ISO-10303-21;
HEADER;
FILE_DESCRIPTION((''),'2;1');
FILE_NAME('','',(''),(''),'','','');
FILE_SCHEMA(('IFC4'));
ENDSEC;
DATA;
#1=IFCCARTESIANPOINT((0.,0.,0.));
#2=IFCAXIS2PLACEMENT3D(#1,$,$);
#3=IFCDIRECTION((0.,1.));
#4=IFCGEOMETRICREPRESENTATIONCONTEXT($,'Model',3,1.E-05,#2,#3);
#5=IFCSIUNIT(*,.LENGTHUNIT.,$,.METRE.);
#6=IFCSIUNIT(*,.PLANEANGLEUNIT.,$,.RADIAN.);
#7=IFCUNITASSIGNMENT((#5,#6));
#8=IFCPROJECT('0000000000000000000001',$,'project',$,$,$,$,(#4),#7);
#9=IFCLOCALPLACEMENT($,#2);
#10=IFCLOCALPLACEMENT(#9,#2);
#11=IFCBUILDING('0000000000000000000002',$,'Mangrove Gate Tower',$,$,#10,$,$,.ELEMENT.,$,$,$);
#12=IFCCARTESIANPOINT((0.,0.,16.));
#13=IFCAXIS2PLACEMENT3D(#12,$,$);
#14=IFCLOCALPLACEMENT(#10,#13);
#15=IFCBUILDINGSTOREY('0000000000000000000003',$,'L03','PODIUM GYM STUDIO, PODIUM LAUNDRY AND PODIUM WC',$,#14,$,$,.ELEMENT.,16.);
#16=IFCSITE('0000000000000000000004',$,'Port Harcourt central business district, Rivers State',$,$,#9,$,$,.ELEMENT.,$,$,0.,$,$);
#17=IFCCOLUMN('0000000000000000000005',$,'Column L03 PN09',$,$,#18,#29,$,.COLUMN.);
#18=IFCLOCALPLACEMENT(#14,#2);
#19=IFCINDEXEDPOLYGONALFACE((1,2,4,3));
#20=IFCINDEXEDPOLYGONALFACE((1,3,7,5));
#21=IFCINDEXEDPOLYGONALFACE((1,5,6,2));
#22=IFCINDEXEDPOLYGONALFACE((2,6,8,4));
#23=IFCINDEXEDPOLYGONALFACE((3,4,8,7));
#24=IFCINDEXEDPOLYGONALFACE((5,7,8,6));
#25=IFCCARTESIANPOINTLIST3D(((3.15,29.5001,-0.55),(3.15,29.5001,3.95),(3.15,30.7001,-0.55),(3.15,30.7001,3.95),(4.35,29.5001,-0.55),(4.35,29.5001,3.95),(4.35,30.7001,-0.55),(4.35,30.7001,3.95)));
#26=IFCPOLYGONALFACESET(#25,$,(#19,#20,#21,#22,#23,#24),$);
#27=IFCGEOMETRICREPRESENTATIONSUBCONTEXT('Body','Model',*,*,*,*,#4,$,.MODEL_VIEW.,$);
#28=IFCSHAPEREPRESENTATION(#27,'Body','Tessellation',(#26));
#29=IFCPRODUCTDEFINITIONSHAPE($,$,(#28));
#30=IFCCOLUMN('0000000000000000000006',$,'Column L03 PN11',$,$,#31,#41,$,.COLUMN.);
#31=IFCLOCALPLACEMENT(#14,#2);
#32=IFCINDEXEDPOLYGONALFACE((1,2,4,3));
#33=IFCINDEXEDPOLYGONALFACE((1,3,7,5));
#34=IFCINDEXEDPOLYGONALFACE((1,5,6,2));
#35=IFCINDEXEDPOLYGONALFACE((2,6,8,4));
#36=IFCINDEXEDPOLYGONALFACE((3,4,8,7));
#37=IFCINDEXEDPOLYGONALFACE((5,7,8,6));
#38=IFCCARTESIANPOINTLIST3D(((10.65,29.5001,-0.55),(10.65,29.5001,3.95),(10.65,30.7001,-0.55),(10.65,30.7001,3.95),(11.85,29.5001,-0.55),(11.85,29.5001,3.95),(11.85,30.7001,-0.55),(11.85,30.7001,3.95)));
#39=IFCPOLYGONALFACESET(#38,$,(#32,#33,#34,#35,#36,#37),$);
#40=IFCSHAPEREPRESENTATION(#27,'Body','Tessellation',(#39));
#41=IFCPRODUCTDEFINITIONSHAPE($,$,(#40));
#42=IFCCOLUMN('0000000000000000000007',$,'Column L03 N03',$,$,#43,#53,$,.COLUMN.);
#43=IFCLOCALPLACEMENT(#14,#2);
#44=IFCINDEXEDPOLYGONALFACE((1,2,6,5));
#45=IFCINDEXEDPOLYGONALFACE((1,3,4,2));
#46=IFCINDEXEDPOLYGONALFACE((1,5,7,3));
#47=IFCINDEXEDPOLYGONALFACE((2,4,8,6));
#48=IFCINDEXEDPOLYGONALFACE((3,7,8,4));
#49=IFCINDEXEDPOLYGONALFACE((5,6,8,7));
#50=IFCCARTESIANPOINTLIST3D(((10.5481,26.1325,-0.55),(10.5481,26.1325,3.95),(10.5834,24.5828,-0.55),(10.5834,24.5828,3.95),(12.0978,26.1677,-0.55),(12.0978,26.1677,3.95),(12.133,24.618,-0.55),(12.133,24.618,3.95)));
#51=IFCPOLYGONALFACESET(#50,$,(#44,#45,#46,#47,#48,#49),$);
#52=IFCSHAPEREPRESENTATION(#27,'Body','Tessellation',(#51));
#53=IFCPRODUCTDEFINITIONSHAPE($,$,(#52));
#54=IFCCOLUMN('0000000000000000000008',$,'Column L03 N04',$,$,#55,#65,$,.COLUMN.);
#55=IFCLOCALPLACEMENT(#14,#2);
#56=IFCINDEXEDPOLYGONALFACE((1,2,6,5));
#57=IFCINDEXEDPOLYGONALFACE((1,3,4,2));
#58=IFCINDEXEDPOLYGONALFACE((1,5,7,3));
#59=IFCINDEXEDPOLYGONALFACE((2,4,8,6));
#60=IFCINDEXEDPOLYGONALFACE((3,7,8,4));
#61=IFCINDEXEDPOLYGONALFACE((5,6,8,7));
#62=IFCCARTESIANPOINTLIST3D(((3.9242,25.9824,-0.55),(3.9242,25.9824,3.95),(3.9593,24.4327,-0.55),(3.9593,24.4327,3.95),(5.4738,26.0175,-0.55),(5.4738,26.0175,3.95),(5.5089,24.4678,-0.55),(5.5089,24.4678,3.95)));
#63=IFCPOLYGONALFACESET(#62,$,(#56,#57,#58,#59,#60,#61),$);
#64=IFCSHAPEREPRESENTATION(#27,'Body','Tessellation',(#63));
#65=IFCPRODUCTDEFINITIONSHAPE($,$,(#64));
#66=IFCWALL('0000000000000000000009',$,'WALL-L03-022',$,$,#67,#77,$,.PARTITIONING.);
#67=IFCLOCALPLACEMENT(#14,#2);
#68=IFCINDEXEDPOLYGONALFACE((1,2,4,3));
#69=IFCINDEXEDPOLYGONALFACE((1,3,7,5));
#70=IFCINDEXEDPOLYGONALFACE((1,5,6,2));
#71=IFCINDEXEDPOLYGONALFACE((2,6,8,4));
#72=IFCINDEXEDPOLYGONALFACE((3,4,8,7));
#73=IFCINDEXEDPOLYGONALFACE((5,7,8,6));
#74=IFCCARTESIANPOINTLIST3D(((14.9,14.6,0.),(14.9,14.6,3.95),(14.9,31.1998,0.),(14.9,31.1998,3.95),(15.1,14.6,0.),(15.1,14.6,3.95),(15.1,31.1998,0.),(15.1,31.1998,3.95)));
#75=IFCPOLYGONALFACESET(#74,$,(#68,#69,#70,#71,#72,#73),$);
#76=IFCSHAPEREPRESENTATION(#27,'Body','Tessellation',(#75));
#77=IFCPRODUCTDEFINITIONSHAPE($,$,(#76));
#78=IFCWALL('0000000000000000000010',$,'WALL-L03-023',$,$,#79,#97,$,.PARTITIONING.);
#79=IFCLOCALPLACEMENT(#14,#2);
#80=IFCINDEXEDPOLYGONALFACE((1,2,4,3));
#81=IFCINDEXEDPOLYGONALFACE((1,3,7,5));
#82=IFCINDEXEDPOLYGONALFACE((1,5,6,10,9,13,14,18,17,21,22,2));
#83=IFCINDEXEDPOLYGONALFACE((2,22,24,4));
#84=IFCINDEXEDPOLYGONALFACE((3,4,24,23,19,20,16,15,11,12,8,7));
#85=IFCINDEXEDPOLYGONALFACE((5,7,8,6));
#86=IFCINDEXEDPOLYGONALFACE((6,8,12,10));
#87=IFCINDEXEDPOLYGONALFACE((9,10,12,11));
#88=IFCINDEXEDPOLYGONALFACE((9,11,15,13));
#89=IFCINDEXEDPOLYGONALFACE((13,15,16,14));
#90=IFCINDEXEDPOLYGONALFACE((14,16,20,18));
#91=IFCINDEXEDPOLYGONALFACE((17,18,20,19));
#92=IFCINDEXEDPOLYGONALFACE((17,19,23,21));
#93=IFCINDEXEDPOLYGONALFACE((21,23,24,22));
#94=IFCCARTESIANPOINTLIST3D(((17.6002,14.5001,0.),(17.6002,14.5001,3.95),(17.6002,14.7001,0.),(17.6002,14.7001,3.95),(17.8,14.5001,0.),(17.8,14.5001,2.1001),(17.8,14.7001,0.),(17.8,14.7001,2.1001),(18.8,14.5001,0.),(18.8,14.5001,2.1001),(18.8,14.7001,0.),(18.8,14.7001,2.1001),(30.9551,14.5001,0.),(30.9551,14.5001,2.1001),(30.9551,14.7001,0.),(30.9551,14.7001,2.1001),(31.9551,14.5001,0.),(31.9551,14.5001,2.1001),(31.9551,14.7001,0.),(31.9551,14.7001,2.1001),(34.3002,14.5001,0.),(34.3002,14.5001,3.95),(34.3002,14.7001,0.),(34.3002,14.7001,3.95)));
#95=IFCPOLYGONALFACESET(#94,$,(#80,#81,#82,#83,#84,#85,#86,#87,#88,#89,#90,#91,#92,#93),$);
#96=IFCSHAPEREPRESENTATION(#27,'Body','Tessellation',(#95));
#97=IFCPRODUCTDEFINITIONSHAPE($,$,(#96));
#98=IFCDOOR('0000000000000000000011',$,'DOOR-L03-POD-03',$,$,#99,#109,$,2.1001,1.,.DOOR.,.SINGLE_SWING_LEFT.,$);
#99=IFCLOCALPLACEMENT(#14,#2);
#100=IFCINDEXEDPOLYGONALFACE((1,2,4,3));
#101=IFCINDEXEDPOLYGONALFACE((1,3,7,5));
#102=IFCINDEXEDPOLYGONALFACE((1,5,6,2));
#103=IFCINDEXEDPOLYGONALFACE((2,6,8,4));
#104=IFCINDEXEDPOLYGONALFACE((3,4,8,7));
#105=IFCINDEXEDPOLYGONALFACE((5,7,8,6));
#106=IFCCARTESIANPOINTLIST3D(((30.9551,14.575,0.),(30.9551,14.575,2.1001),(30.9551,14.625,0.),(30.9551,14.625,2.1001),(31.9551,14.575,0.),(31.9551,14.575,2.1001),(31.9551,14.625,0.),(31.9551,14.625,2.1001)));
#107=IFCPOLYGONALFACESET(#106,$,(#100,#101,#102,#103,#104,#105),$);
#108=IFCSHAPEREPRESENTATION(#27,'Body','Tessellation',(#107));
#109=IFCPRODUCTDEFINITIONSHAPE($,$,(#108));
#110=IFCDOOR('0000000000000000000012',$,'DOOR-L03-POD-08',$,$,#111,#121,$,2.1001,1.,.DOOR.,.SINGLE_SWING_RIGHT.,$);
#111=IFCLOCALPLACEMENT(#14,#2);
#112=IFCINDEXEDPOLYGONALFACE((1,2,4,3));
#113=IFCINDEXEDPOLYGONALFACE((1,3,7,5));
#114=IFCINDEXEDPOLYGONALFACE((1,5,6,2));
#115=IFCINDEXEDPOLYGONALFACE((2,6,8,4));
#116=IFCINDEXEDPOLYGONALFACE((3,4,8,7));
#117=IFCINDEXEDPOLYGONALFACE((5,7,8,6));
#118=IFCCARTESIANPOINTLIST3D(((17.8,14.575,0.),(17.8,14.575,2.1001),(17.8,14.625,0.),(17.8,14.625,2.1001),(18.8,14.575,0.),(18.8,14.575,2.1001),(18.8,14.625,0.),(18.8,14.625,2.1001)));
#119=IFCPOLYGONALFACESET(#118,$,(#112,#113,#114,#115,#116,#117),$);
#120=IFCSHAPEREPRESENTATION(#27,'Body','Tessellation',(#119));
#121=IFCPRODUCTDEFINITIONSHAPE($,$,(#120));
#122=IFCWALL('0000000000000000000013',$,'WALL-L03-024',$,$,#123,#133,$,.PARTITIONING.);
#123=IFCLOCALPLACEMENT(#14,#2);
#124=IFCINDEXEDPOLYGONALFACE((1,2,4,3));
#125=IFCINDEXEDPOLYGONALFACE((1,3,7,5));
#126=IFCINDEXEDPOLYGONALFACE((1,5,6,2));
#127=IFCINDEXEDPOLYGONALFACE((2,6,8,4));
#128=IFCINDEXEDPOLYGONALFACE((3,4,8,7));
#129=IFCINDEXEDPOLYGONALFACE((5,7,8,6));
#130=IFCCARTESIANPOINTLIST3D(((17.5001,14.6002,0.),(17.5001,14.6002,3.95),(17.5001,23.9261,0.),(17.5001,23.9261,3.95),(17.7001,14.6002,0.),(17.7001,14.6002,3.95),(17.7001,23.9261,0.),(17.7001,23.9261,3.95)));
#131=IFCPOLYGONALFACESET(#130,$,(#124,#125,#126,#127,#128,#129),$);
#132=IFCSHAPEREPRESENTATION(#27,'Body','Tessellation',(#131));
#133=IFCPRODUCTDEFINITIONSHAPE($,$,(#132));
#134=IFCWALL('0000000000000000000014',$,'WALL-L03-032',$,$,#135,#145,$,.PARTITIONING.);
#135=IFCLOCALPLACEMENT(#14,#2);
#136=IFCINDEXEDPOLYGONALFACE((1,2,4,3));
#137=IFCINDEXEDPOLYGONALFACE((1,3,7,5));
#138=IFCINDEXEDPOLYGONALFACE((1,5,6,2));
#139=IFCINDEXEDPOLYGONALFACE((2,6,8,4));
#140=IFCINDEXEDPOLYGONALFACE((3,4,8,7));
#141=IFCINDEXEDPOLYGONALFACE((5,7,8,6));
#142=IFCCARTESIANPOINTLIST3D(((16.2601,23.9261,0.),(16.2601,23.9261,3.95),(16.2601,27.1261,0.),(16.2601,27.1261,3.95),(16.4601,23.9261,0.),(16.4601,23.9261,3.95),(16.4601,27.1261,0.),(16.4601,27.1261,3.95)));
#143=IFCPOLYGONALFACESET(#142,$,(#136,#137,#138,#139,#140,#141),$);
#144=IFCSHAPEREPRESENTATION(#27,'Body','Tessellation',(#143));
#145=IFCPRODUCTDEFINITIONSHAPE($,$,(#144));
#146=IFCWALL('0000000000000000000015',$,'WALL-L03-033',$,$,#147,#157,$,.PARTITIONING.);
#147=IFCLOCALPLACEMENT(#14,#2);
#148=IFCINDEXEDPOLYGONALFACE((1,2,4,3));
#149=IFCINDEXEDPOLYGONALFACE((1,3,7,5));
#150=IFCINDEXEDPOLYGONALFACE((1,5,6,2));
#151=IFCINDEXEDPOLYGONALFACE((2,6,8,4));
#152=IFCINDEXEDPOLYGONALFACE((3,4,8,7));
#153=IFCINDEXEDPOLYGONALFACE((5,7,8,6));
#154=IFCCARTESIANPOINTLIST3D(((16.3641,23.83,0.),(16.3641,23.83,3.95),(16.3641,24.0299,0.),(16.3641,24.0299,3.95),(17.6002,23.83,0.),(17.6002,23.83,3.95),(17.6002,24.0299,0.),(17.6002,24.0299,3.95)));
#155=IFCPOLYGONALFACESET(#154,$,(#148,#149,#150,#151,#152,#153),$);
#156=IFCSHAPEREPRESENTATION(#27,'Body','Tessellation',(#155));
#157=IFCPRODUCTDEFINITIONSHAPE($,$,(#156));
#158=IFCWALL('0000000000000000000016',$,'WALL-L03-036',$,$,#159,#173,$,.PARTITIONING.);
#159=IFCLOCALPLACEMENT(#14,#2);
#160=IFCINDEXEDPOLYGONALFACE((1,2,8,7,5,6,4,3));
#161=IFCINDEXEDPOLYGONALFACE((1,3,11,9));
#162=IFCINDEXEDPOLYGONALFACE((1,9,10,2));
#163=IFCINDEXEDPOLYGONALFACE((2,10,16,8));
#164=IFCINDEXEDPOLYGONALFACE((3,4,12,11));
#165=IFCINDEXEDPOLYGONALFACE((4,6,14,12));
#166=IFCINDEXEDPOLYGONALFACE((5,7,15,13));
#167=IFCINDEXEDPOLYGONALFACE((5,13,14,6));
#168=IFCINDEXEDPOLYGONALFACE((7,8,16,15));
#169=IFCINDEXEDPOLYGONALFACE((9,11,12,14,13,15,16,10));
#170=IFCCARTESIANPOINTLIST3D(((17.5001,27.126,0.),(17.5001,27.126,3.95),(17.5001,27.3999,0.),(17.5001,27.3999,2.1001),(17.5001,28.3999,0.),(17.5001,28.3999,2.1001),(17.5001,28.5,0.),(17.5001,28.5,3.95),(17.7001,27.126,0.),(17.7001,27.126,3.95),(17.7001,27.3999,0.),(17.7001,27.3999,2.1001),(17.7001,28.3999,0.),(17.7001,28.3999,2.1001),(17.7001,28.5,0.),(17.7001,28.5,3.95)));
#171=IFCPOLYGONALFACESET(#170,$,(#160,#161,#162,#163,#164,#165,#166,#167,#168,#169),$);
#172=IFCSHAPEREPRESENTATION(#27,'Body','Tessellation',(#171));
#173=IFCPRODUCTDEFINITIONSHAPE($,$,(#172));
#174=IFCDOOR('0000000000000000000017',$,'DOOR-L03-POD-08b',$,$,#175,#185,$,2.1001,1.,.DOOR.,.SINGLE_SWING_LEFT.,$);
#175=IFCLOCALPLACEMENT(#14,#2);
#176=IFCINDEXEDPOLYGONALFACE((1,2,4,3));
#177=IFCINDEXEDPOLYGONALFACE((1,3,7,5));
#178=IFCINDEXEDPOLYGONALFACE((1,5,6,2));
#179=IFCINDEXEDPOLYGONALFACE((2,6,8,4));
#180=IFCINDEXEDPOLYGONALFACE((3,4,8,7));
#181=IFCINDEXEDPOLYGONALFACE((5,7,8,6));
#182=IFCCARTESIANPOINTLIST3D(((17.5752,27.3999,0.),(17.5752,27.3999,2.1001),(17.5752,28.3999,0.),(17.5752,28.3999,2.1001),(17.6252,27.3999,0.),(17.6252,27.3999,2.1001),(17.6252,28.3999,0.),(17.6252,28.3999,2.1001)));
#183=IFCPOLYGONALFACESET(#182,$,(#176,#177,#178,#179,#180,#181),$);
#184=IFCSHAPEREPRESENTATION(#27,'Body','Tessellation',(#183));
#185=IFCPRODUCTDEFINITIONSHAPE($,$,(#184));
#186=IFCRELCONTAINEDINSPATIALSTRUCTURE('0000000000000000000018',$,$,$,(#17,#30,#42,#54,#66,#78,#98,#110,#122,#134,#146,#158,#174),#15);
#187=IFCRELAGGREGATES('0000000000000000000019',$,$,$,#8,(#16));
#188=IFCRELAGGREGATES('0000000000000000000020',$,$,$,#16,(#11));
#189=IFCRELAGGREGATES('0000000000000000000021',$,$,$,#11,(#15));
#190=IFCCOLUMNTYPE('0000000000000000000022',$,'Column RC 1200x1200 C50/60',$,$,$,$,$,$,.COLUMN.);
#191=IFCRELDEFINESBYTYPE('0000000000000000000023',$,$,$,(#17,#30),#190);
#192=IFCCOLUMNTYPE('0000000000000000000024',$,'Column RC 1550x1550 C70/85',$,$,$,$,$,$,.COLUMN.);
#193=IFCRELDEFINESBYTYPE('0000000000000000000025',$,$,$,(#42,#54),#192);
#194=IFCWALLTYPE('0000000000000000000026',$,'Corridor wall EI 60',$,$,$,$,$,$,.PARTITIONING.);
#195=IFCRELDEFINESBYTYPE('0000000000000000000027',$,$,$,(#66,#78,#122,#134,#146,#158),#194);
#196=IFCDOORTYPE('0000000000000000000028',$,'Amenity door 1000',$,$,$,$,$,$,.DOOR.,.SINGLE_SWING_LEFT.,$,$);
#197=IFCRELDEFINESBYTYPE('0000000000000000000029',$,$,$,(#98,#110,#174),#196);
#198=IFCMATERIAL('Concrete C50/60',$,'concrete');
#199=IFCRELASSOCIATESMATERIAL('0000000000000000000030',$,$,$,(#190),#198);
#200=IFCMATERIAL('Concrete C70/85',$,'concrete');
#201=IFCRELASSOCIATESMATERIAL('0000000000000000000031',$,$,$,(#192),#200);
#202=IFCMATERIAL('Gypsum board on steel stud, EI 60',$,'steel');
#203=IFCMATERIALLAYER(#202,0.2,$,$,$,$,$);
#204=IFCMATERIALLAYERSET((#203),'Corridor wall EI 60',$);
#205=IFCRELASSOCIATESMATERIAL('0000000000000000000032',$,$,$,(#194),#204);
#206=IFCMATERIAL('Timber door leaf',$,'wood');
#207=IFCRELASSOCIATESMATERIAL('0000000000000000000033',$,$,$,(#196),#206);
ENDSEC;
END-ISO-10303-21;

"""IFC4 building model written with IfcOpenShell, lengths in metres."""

from ifc_helpers import new_model, si_unit, direction, frame, frame_2d, origin, origin_2d, place, context, subcontext, project, spatial, rectangle, extrude, material, layer, layer_set, material_profile, profile_set, type_object, element, fill, save


model = new_model("IFC4")

# Units and contexts
model_context = context("Model", 3, precision=1e-05, world=origin(), true_north=direction((0.0, 1.0)))
body_context = subcontext(model_context, "Body", "Model", "MODEL_VIEW")
ifc_project = project(units=[si_unit("LENGTHUNIT", "METRE"), si_unit("PLANEANGLEUNIT", "RADIAN")], contexts=[model_context])

# Site, building, storey
site_placement = place(None, origin())
site = spatial("IfcSite", under=ifc_project, at=site_placement, Name="Port Harcourt central business district, Rivers State", CompositionType="ELEMENT", RefElevation=0.0)
building_placement = place(site_placement, origin())
building = spatial("IfcBuilding", under=site, at=building_placement, Name="Mangrove Gate Tower", CompositionType="ELEMENT")
storey_placement = place(building_placement, frame((0.0, 0.0, 16.0)))
storey = spatial("IfcBuildingStorey", under=building, at=storey_placement, Name="L03", Description="PODIUM GYM STUDIO, PODIUM LAUNDRY AND PODIUM WC", CompositionType="ELEMENT", Elevation=16.0)

# Columns
ifc_material_1 = material(Name="Concrete C50/60", Category="concrete")
ifc_material_profile_1 = material_profile(ifc_material_1, rectangle(XDim=1.2, YDim=1.2, at=origin_2d()))
ifc_profile_set_1 = profile_set([ifc_material_profile_1], Name="Concrete C50/60")
column_type_1 = type_object("IfcColumnType", Name="Column RC 1200x1200 C50/60", PredefinedType="COLUMN", material=ifc_profile_set_1)
for number, where, z_axis, x_axis, name in (
    (1, (3.75, 30.1001, -0.55), (0.0, 0.0, 1.0), (1.0, 0.0, 0.0), "Column L03 PN09"),
    (2, (11.25, 30.1001, -0.55), (0.0, 0.0, 1.0), (1.0, 0.0, 0.0), "Column L03 PN11"),
):
    element("IfcColumn", number, at=place(storey_placement, frame(where, z_axis=z_axis, x_axis=x_axis)), inside=storey, type_object=column_type_1, Name=name, PredefinedType="COLUMN", context=body_context, shape_type="SweptSolid", body=[
        extrude(rectangle(XDim=1.2, YDim=1.2, at=origin_2d()), origin(), (0.0, 0.0, 1.0), 4.5),
    ])
ifc_material_2 = material(Name="Concrete C70/85", Category="concrete")
ifc_material_profile_2 = material_profile(ifc_material_2, rectangle(XDim=1.55, YDim=1.55, at=origin_2d()))
ifc_profile_set_2 = profile_set([ifc_material_profile_2], Name="Concrete C70/85")
column_type_2 = type_object("IfcColumnType", Name="Column RC 1550x1550 C70/85", PredefinedType="COLUMN", material=ifc_profile_set_2)
for number, where, z_axis, x_axis, name in (
    (3, (11.3406, 25.3752, -0.55), (0.0, 0.0, 1.0), (-0.999742, -0.022716, 0.0), "Column L03 N03"),
    (4, (4.7166, 25.2251, -0.55), (0.0, 0.0, 1.0), (-0.999744, -0.022641, 0.0), "Column L03 N04"),
):
    element("IfcColumn", number, at=place(storey_placement, frame(where, z_axis=z_axis, x_axis=x_axis)), inside=storey, type_object=column_type_2, Name=name, PredefinedType="COLUMN", context=body_context, shape_type="SweptSolid", body=[
        extrude(rectangle(XDim=1.55, YDim=1.55, at=origin_2d()), origin(), (0.0, 0.0, 1.0), 4.5),
    ])

# Wall
ifc_material_3 = material(Name="Gypsum board on steel stud, EI 60", Category="steel")
ifc_layer_1 = layer(ifc_material_3, 0.2)
ifc_layer_set_1 = layer_set([ifc_layer_1], Name="Corridor wall EI 60")
wall_type_1 = type_object("IfcWallType", Name="Corridor wall EI 60", PredefinedType="PARTITIONING", material=ifc_layer_set_1)
wall_1_placement = place(storey_placement, frame((15.0, 14.6001, 0.0), z_axis=(0.0, 0.0, 1.0), x_axis=(0.0, 1.0, 0.0)))
element("IfcWall", 5, at=wall_1_placement, inside=storey, type_object=wall_type_1, Name="WALL-L03-022", PredefinedType="PARTITIONING", context=body_context, shape_type="SweptSolid", body=[
    extrude(rectangle(XDim=16.5999, YDim=0.2, at=frame_2d((8.2998, 0.0))), origin(), (0.0, 0.0, 1.0), 3.95),
])

# Wall, openings, doors
wall_2_placement = place(storey_placement, frame((17.6001, 14.6001, 0.0), z_axis=(0.0, 0.0, 1.0), x_axis=(1.0, 0.0, 0.0)))
wall_2 = element("IfcWall", 6, at=wall_2_placement, inside=storey, type_object=wall_type_1, Name="WALL-L03-023", PredefinedType="PARTITIONING", context=body_context, shape_type="SweptSolid", body=[
    extrude(rectangle(XDim=16.7, YDim=0.2, at=frame_2d((8.3501, 0.0))), origin(), (0.0, 0.0, 1.0), 3.95),
])
opening_1_placement = place(wall_2_placement, frame((13.355, 0.0, 0.0)))
opening_1 = element("IfcOpeningElement", 7, at=opening_1_placement, cuts=wall_2, PredefinedType="OPENING", context=body_context, shape_type="SweptSolid", body=[
    extrude(rectangle(XDim=1.0, YDim=2.1001, at=frame_2d((0.5, 1.05))), frame((0.0, 0.1099, 0.0), z_axis=(0.0, -1.0, 0.0), x_axis=(1.0, 0.0, 0.0)), (0.0, 0.0, 1.0), 0.22),
])
opening_2_placement = place(wall_2_placement, frame((0.2, 0.0, 0.0)))
opening_2 = element("IfcOpeningElement", 8, at=opening_2_placement, cuts=wall_2, PredefinedType="OPENING", context=body_context, shape_type="SweptSolid", body=[
    extrude(rectangle(XDim=1.0, YDim=2.1001, at=frame_2d((0.5, 1.05))), frame((0.0, 0.1099, 0.0), z_axis=(0.0, -1.0, 0.0), x_axis=(1.0, 0.0, 0.0)), (0.0, 0.0, 1.0), 0.22),
])
ifc_material_4 = material(Name="Timber door leaf", Category="wood")
door_type = type_object("IfcDoorType", Name="Amenity door 1000", OperationType="SINGLE_SWING_LEFT", PredefinedType="DOOR", material=ifc_material_4)
door_1_placement = place(opening_1_placement, origin())
door_1 = element("IfcDoor", 9, at=door_1_placement, inside=storey, type_object=door_type, Name="DOOR-L03-POD-03", OperationType="SINGLE_SWING_LEFT", OverallHeight=2.1001, OverallWidth=1.0, PredefinedType="DOOR", context=body_context, shape_type="SweptSolid", body=[
    extrude(rectangle(XDim=1.0, YDim=2.1001, at=frame_2d((0.5, 1.05))), frame((0.0, 0.0249, 0.0), z_axis=(0.0, -1.0, 0.0), x_axis=(1.0, 0.0, 0.0)), (0.0, 0.0, 1.0), 0.05),
])
fill(opening_1, door_1)
door_2_placement = place(opening_2_placement, origin())
door_2 = element("IfcDoor", 10, at=door_2_placement, inside=storey, type_object=door_type, Name="DOOR-L03-POD-08", OperationType="SINGLE_SWING_RIGHT", OverallHeight=2.1001, OverallWidth=1.0, PredefinedType="DOOR", context=body_context, shape_type="SweptSolid", body=[
    extrude(rectangle(XDim=1.0, YDim=2.1001, at=frame_2d((0.5, 1.05))), frame((0.0, 0.0249, 0.0), z_axis=(0.0, -1.0, 0.0), x_axis=(1.0, 0.0, 0.0)), (0.0, 0.0, 1.0), 0.05),
])
fill(opening_2, door_2)

# Walls
wall_3_placement = place(storey_placement, frame((17.6001, 14.6001, 0.0), z_axis=(0.0, 0.0, 1.0), x_axis=(0.0, 1.0, 0.0)))
element("IfcWall", 11, at=wall_3_placement, inside=storey, type_object=wall_type_1, Name="WALL-L03-024", PredefinedType="PARTITIONING", context=body_context, shape_type="SweptSolid", body=[
    extrude(rectangle(XDim=9.3259, YDim=0.2, at=frame_2d((4.6631, 0.0))), origin(), (0.0, 0.0, 1.0), 3.95),
])
wall_4_placement = place(storey_placement, frame((16.3601, 23.926, 0.0), z_axis=(0.0, 0.0, 1.0), x_axis=(0.0, 1.0, 0.0)))
element("IfcWall", 12, at=wall_4_placement, inside=storey, type_object=wall_type_1, Name="WALL-L03-032", PredefinedType="PARTITIONING", context=body_context, shape_type="SweptSolid", body=[
    extrude(rectangle(XDim=3.2, YDim=0.2, at=frame_2d((1.6001, 0.0))), origin(), (0.0, 0.0, 1.0), 3.95),
])
wall_5_placement = place(storey_placement, frame((16.364, 23.9299, 0.0), z_axis=(0.0, 0.0, 1.0), x_axis=(1.0, 0.0, 0.0)))
element("IfcWall", 13, at=wall_5_placement, inside=storey, type_object=wall_type_1, Name="WALL-L03-033", PredefinedType="PARTITIONING", context=body_context, shape_type="SweptSolid", body=[
    extrude(rectangle(XDim=1.2361, YDim=0.2, at=frame_2d((0.6182, 0.0))), origin(), (0.0, 0.0, 1.0), 3.95),
])

# Wall, opening, door
wall_6_placement = place(storey_placement, frame((17.6001, 27.126, 0.0), z_axis=(0.0, 0.0, 1.0), x_axis=(0.0, 1.0, 0.0)))
wall_6 = element("IfcWall", 14, at=wall_6_placement, inside=storey, type_object=wall_type_1, Name="WALL-L03-036", PredefinedType="PARTITIONING", context=body_context, shape_type="SweptSolid", body=[
    extrude(rectangle(XDim=1.374, YDim=0.2, at=frame_2d((0.687, 0.0))), origin(), (0.0, 0.0, 1.0), 3.95),
])
opening_3_placement = place(wall_6_placement, frame((0.2739, 0.0, 0.0)))
opening_3 = element("IfcOpeningElement", 15, at=opening_3_placement, cuts=wall_6, PredefinedType="OPENING", context=body_context, shape_type="SweptSolid", body=[
    extrude(rectangle(XDim=1.0, YDim=2.1001, at=frame_2d((0.5, 1.05))), frame((0.0, 0.1099, 0.0), z_axis=(0.0, -1.0, 0.0), x_axis=(1.0, 0.0, 0.0)), (0.0, 0.0, 1.0), 0.22),
])
door_3_placement = place(opening_3_placement, origin())
door_3 = element("IfcDoor", 16, at=door_3_placement, inside=storey, type_object=door_type, Name="DOOR-L03-POD-08b", OperationType="SINGLE_SWING_LEFT", OverallHeight=2.1001, OverallWidth=1.0, PredefinedType="DOOR", context=body_context, shape_type="SweptSolid", body=[
    extrude(rectangle(XDim=1.0, YDim=2.1001, at=frame_2d((0.5, 1.05))), frame((0.0, 0.0249, 0.0), z_axis=(0.0, -1.0, 0.0), x_axis=(1.0, 0.0, 0.0)), (0.0, 0.0, 1.0), 0.05),
])
fill(opening_3, door_3)

save(model, "model.ifc")
